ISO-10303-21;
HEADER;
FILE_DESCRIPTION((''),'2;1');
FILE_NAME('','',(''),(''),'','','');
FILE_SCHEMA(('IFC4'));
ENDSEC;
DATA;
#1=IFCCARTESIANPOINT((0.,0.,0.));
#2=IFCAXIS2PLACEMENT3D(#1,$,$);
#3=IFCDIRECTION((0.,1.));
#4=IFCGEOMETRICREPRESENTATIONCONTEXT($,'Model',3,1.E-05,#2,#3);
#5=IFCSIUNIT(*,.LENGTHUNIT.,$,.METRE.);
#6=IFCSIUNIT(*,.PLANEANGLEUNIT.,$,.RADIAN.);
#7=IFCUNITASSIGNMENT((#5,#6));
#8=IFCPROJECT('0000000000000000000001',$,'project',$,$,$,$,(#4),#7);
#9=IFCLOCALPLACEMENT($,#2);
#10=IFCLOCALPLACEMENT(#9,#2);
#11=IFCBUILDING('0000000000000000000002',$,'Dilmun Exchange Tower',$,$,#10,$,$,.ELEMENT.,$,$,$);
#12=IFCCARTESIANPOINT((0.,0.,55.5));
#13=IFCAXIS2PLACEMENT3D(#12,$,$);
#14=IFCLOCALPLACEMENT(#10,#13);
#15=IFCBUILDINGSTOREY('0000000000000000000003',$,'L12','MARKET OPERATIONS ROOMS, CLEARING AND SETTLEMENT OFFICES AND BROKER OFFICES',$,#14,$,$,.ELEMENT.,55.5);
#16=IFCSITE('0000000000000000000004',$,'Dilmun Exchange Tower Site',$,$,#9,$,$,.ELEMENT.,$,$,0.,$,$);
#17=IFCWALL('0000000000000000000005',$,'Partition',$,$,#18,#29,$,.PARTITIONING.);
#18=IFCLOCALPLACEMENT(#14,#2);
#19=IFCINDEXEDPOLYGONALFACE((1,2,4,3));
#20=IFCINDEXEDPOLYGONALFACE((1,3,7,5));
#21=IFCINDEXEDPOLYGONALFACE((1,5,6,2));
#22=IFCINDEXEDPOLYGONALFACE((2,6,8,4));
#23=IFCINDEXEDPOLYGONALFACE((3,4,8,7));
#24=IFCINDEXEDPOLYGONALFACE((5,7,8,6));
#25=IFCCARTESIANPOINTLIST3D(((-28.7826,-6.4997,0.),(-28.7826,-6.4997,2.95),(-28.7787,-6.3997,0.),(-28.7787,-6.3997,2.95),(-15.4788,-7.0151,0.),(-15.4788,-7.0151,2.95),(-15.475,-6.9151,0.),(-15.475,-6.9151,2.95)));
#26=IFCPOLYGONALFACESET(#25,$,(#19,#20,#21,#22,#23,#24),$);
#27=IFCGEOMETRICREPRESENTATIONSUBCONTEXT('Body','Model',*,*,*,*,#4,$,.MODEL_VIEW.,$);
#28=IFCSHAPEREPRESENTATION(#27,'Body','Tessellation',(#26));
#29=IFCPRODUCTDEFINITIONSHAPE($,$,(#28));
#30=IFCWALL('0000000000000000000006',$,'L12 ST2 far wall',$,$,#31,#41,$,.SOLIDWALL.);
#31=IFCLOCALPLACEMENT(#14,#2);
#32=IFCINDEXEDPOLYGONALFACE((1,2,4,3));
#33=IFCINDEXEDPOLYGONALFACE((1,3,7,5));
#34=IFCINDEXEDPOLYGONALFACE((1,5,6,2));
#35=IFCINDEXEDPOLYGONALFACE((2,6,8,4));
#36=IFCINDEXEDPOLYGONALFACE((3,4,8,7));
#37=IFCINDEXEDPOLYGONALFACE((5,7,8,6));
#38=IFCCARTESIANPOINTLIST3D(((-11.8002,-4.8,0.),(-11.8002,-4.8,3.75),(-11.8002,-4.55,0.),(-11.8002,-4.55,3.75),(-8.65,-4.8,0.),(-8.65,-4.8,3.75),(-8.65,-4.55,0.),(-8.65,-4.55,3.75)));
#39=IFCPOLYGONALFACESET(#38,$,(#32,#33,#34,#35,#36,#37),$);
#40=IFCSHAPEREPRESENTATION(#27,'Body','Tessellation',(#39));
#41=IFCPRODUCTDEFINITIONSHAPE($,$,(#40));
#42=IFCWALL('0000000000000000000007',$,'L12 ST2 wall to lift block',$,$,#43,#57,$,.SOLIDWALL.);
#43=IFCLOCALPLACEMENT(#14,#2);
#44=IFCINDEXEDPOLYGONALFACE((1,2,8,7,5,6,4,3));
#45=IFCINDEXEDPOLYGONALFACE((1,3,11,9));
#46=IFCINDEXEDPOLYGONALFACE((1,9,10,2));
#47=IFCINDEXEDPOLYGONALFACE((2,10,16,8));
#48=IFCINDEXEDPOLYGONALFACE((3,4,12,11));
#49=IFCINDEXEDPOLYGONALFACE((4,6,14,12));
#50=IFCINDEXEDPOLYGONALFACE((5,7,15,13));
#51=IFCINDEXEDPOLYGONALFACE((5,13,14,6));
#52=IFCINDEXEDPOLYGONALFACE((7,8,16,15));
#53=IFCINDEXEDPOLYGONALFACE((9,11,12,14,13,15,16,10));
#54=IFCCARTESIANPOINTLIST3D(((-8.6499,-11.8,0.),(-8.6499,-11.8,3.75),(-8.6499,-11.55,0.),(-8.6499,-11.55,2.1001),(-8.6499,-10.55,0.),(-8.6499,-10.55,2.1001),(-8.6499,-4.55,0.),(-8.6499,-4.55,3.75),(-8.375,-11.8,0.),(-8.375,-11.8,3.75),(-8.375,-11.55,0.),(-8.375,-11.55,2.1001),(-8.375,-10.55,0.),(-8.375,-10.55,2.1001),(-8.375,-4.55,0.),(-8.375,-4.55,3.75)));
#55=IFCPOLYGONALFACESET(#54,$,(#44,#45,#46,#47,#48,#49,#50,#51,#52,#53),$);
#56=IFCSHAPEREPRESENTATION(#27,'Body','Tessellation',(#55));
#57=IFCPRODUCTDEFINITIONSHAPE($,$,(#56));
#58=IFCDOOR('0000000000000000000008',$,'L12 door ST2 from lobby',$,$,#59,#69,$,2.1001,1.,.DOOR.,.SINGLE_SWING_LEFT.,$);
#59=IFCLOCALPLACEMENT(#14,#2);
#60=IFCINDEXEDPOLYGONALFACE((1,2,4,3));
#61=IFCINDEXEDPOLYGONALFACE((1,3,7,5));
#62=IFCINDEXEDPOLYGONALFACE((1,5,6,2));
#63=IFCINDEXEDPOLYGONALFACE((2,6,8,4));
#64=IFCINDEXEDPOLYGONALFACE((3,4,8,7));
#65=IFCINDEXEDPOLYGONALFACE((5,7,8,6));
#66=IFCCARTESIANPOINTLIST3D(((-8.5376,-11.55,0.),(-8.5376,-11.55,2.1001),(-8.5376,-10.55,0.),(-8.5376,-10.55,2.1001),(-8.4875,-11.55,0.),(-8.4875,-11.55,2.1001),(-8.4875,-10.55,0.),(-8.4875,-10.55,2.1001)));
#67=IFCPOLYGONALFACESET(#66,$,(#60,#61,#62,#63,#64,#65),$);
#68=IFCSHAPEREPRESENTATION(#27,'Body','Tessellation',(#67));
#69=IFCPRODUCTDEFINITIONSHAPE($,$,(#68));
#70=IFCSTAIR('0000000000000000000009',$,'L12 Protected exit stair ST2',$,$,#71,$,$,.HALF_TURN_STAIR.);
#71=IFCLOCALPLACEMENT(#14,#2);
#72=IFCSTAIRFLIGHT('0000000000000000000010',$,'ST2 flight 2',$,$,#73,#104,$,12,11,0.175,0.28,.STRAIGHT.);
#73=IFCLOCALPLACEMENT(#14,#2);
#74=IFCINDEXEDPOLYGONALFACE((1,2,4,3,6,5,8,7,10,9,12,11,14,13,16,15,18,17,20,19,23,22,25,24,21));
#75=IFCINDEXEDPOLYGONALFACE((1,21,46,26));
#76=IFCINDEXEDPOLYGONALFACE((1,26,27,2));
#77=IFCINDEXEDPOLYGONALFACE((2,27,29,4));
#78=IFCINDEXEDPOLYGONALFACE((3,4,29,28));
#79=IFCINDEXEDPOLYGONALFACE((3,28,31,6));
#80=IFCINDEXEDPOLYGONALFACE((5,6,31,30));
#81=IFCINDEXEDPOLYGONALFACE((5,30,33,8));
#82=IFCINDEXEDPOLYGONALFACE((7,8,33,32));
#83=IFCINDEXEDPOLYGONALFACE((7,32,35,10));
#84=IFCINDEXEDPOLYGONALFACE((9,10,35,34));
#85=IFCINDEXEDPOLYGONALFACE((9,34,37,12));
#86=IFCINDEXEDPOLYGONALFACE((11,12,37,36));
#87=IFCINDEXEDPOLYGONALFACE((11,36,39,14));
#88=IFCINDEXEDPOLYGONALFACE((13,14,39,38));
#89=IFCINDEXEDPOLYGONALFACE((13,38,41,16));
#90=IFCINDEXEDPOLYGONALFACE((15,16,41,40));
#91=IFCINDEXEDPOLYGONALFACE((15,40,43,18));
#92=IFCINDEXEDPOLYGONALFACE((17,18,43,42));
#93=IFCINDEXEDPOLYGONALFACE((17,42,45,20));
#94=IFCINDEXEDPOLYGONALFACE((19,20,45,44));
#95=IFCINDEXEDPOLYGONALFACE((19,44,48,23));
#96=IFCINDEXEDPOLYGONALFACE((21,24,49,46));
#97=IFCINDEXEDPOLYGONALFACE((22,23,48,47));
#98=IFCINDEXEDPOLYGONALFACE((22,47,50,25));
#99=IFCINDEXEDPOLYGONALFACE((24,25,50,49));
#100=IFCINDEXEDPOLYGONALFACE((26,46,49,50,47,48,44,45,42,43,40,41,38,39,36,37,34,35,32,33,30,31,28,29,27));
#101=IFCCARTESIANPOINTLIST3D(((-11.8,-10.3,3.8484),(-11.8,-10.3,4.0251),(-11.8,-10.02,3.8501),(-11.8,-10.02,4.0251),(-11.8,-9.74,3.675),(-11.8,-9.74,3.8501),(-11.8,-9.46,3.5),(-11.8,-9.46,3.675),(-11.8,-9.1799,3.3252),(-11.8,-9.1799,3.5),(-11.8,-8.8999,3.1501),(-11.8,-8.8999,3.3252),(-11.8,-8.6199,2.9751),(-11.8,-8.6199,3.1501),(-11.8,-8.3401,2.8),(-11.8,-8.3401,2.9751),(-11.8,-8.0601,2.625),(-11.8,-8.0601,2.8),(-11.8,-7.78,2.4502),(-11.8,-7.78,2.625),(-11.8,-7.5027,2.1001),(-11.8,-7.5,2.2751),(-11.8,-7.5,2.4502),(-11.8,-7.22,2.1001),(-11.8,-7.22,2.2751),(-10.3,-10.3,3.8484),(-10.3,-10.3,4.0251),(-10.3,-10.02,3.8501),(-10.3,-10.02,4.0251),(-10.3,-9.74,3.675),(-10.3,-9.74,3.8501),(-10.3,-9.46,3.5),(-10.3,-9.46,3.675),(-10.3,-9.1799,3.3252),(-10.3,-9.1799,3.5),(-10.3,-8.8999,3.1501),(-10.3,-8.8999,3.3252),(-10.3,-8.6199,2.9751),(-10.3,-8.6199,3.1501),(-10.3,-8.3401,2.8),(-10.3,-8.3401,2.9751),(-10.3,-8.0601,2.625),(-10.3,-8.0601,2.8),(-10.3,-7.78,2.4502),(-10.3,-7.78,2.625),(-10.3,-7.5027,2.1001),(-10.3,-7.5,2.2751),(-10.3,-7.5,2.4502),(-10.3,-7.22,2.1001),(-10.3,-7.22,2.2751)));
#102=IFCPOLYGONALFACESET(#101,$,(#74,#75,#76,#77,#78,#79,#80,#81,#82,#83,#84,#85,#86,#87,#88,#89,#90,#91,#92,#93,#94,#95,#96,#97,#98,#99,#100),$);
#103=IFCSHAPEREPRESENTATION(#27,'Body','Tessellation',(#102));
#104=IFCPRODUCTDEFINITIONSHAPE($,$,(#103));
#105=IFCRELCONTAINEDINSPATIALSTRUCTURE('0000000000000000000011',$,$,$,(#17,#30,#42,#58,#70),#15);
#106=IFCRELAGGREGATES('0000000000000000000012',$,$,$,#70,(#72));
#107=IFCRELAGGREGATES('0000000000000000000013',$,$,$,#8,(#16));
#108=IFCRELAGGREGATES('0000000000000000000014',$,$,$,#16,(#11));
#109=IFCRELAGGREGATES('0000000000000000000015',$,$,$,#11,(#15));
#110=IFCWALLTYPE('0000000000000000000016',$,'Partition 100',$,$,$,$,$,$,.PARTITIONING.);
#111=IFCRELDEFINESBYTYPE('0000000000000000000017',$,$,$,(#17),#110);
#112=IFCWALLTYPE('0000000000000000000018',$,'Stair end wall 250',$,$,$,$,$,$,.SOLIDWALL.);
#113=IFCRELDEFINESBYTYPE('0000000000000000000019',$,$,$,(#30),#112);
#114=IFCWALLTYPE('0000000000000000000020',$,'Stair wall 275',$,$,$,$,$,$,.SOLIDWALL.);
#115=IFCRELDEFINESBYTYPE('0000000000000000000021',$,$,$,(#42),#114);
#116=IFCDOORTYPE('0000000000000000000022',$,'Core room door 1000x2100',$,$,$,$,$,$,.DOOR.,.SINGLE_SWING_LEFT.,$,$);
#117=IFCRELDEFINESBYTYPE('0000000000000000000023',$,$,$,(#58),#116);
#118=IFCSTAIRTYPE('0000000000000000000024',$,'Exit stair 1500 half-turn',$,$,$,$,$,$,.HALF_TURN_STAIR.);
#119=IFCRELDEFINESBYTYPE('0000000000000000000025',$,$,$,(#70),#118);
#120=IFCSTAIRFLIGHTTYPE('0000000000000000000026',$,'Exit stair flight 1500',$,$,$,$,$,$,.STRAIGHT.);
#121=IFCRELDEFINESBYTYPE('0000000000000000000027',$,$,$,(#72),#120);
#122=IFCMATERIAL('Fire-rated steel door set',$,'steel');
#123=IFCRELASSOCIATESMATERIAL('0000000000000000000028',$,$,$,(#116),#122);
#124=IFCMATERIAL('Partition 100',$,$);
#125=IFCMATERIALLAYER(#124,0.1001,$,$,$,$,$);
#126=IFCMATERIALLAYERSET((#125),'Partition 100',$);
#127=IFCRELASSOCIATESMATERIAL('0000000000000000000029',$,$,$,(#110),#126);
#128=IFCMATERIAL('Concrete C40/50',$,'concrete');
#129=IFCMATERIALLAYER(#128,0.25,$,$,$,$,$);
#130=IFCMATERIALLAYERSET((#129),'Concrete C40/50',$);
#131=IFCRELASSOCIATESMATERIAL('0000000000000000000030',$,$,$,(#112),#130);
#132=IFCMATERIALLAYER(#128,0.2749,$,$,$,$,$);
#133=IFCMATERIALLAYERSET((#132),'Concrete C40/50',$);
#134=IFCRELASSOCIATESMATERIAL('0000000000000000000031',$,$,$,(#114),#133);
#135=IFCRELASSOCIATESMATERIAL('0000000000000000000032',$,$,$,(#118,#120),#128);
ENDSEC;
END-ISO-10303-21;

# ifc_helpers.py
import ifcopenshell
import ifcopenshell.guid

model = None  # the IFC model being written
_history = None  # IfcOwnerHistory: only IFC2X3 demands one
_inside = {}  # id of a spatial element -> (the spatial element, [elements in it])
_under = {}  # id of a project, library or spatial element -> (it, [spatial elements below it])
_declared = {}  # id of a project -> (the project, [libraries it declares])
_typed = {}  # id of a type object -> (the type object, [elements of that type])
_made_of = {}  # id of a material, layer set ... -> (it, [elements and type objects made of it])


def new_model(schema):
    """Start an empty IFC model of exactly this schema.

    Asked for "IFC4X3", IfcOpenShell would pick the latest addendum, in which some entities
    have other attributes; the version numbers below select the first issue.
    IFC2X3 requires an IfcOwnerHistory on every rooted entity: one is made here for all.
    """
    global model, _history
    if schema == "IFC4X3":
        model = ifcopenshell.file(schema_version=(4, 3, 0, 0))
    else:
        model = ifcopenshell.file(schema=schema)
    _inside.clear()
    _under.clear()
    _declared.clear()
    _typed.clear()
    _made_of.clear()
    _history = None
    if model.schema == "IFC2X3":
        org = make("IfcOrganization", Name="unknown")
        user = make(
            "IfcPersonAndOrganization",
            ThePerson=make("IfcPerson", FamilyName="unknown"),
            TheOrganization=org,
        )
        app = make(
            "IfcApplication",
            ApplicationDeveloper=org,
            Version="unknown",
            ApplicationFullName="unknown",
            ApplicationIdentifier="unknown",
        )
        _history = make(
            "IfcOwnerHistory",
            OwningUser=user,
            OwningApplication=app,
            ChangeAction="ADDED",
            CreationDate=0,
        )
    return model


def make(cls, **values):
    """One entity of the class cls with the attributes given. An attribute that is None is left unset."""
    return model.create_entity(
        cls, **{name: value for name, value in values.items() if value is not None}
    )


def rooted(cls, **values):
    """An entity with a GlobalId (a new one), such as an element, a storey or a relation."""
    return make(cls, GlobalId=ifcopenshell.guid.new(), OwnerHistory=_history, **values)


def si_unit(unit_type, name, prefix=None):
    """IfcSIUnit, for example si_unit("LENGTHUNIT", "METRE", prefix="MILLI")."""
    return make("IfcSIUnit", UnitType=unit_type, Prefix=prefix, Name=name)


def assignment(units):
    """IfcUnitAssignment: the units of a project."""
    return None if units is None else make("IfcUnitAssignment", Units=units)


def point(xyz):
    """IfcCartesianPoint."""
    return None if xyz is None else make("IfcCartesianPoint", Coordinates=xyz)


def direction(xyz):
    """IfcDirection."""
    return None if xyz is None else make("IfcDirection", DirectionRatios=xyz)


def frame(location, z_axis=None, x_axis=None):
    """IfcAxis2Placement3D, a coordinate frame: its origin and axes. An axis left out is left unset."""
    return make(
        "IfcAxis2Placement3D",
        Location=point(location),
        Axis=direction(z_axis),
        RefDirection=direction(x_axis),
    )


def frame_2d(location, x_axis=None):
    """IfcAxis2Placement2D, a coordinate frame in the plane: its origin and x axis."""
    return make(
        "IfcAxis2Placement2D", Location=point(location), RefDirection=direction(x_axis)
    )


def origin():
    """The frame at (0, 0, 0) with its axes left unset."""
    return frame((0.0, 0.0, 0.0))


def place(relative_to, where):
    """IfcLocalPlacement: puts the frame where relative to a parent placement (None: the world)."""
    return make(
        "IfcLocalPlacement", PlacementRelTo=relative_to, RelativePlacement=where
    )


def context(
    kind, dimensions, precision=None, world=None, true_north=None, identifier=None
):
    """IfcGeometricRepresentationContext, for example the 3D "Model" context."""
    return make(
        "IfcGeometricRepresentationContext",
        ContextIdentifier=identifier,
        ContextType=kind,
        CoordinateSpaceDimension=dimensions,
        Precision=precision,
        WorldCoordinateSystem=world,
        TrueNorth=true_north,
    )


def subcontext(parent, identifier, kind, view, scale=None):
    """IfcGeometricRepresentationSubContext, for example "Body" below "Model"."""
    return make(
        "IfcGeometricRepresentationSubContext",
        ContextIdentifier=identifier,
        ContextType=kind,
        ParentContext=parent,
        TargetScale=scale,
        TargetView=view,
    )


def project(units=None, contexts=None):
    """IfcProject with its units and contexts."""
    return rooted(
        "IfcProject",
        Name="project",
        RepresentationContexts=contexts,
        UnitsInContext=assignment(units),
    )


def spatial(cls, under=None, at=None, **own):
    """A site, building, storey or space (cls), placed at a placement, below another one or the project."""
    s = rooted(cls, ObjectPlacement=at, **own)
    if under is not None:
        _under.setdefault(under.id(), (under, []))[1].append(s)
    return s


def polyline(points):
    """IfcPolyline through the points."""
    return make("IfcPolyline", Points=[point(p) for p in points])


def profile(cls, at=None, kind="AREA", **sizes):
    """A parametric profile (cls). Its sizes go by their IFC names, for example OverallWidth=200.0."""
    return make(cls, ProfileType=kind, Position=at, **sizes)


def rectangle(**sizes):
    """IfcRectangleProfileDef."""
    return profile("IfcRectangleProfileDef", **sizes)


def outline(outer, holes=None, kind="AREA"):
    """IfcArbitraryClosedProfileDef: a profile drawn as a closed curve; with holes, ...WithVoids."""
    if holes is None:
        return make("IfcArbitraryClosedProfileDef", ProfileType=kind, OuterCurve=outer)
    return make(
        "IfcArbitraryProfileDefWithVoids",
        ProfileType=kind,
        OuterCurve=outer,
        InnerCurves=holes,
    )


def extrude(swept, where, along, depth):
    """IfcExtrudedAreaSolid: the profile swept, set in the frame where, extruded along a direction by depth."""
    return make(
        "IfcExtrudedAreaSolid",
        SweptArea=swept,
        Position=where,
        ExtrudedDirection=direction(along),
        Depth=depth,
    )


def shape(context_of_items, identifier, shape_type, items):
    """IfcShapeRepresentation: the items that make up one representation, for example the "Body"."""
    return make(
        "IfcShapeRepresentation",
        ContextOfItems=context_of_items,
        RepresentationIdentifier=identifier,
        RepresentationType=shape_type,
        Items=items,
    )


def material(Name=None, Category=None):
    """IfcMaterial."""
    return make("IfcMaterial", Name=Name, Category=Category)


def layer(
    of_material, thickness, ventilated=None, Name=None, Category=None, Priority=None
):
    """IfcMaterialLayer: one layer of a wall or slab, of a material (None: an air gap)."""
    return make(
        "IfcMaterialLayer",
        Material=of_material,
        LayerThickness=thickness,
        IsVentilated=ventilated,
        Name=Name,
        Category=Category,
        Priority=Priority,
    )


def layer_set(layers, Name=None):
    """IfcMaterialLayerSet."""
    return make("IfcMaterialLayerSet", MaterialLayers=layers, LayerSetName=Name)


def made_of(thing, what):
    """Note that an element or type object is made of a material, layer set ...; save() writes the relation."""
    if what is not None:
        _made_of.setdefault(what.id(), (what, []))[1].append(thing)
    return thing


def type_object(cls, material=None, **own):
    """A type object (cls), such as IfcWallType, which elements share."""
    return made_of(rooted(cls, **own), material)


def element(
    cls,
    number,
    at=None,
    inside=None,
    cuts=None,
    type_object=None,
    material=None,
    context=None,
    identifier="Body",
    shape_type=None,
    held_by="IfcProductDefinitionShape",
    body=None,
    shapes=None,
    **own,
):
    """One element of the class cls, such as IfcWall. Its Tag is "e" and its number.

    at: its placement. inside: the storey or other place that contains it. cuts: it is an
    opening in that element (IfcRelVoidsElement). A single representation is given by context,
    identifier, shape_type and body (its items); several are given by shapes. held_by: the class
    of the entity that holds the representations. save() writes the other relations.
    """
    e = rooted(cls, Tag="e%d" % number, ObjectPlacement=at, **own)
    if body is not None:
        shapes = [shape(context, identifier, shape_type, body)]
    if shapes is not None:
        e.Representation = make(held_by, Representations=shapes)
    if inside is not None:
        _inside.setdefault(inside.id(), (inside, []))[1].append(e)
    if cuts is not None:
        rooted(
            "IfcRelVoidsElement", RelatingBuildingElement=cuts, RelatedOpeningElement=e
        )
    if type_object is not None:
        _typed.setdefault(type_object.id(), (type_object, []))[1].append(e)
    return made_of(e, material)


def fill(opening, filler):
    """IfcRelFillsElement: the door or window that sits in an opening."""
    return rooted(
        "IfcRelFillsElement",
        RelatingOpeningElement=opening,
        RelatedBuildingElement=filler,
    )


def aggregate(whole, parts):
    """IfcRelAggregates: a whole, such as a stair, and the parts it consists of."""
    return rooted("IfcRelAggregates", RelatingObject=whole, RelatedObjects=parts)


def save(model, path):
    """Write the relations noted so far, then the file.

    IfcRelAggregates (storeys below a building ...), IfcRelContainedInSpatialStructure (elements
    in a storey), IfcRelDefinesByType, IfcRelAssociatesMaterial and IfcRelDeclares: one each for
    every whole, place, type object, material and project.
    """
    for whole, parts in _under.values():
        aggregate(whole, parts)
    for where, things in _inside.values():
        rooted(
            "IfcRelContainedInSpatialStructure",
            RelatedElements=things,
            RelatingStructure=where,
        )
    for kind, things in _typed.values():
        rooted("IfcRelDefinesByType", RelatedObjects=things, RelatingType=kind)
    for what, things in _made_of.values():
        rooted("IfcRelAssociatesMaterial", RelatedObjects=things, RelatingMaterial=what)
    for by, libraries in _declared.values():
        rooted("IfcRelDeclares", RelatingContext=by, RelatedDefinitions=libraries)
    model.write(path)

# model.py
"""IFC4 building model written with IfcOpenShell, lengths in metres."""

from ifc_helpers import new_model, si_unit, direction, frame, frame_2d, origin, place, context, subcontext, project, spatial, polyline, rectangle, outline, extrude, material, layer, layer_set, type_object, element, fill, aggregate, save


model = new_model("IFC4")

# Units and contexts
model_context = context("Model", 3, precision=1e-05, world=origin(), true_north=direction((0.0, 1.0)))
body_context = subcontext(model_context, "Body", "Model", "MODEL_VIEW")
ifc_project = project(units=[si_unit("LENGTHUNIT", "METRE"), si_unit("PLANEANGLEUNIT", "RADIAN")], contexts=[model_context])

# Site, building, storey
site_placement = place(None, origin())
site = spatial("IfcSite", under=ifc_project, at=site_placement, Name="Dilmun Exchange Tower Site", CompositionType="ELEMENT", RefElevation=0.0)
building_placement = place(site_placement, origin())
building = spatial("IfcBuilding", under=site, at=building_placement, Name="Dilmun Exchange Tower", CompositionType="ELEMENT")
storey_placement = place(building_placement, frame((0.0, 0.0, 55.5)))
storey = spatial("IfcBuildingStorey", under=building, at=storey_placement, Name="L12", Description="MARKET OPERATIONS ROOMS, CLEARING AND SETTLEMENT OFFICES AND BROKER OFFICES", CompositionType="ELEMENT", Elevation=55.5)

# Shared definitions
ifc_material_1 = material(Name="Concrete C40/50", Category="concrete")

# Shared definitions
ifc_material_2 = material(Name="Fire-rated steel door set", Category="steel")
door_type = type_object("IfcDoorType", Name="Core room door 1000x2100", OperationType="SINGLE_SWING_LEFT", PredefinedType="DOOR", material=ifc_material_2)

# Walls
ifc_material_3 = material(Name="Partition 100")
ifc_layer_1 = layer(ifc_material_3, 0.1001)
ifc_layer_set_1 = layer_set([ifc_layer_1], Name="Partition 100")
wall_type_1 = type_object("IfcWallType", Name="Partition 100", PredefinedType="PARTITIONING", material=ifc_layer_set_1)
wall_1_placement = place(storey_placement, frame((-28.7805, -6.4497, 0.0), z_axis=(0.0, 0.0, 1.0), x_axis=(0.99925, -0.038711, 0.0)))
element("IfcWall", 1, at=wall_1_placement, inside=storey, type_object=wall_type_1, Name="Partition", PredefinedType="PARTITIONING", context=body_context, shape_type="SweptSolid", body=[
    extrude(rectangle(XDim=13.3137, YDim=0.1001, at=frame_2d((6.6567, 0.0))), origin(), (0.0, 0.0, 1.0), 2.95),
])
ifc_layer_2 = layer(ifc_material_1, 0.25)
ifc_layer_set_2 = layer_set([ifc_layer_2], Name="Concrete C40/50")
wall_type_2 = type_object("IfcWallType", Name="Stair end wall 250", PredefinedType="SOLIDWALL", material=ifc_layer_set_2)
wall_2_placement = place(storey_placement, frame((-8.6499, -4.675, 0.0), z_axis=(0.0, 0.0, 1.0), x_axis=(-1.0, 0.0, 0.0)))
element("IfcWall", 2, at=wall_2_placement, inside=storey, type_object=wall_type_2, Name="L12 ST2 far wall", PredefinedType="SOLIDWALL", context=body_context, shape_type="SweptSolid", body=[
    extrude(rectangle(XDim=3.1501, YDim=0.25, at=frame_2d((1.5752, 0.0))), origin(), (0.0, 0.0, 1.0), 3.75),
])

# Wall, opening, door
ifc_layer_3 = layer(ifc_material_1, 0.2749)
ifc_layer_set_3 = layer_set([ifc_layer_3], Name="Concrete C40/50")
wall_type_3 = type_object("IfcWallType", Name="Stair wall 275", PredefinedType="SOLIDWALL", material=ifc_layer_set_3)
wall_3_placement = place(storey_placement, frame((-8.5125, -4.55, 0.0), z_axis=(0.0, 0.0, 1.0), x_axis=(0.0, -1.0, 0.0)))
wall_3 = element("IfcWall", 3, at=wall_3_placement, inside=storey, type_object=wall_type_3, Name="L12 ST2 wall to lift block", PredefinedType="SOLIDWALL", context=body_context, shape_type="SweptSolid", body=[
    extrude(rectangle(XDim=7.25, YDim=0.2749, at=frame_2d((3.625, 0.0))), origin(), (0.0, 0.0, 1.0), 3.75),
])
opening_1_placement = place(wall_3_placement, frame((6.0, 0.0, 0.0)))
opening_1 = element("IfcOpeningElement", 4, at=opening_1_placement, cuts=wall_3, PredefinedType="OPENING", context=body_context, shape_type="SweptSolid", body=[
    extrude(rectangle(XDim=1.0, YDim=2.1001, at=frame_2d((0.5, 1.05))), frame((0.0, 0.1475, 0.0), z_axis=(0.0, -1.0, 0.0), x_axis=(1.0, 0.0, 0.0)), (0.0, 0.0, 1.0), 0.2949),
])
door_1_placement = place(opening_1_placement, origin())
door_1 = element("IfcDoor", 5, at=door_1_placement, inside=storey, type_object=door_type, Name="L12 door ST2 from lobby", OperationType="SINGLE_SWING_LEFT", OverallHeight=2.1001, OverallWidth=1.0, PredefinedType="DOOR", context=body_context, shape_type="SweptSolid", body=[
    extrude(rectangle(XDim=1.0, YDim=2.1001, at=frame_2d((0.5, 1.05))), frame((0.0, 0.0249, 0.0), z_axis=(0.0, -1.0, 0.0), x_axis=(1.0, 0.0, 0.0)), (0.0, 0.0, 1.0), 0.05),
])
fill(opening_1, door_1)

# Stair, stair flight
stair_type = type_object("IfcStairType", Name="Exit stair 1500 half-turn", PredefinedType="HALF_TURN_STAIR", material=ifc_material_1)
stair_placement = place(storey_placement, origin())
stair = element("IfcStair", 6, at=stair_placement, inside=storey, type_object=stair_type, Name="L12 Protected exit stair ST2", PredefinedType="HALF_TURN_STAIR")
stair_flight_type = type_object("IfcStairFlightType", Name="Exit stair flight 1500", PredefinedType="STRAIGHT", material=ifc_material_1)
stair_flight_placement = place(storey_placement, frame((-11.05, -7.22, 2.1001), z_axis=(0.0, 0.0, 1.0), x_axis=(0.0, -1.0, 0.0)))
stair_flight = element("IfcStairFlight", 7, at=stair_flight_placement, type_object=stair_flight_type, Name="ST2 flight 2", NumberOfRisers=12, NumberOfTreads=11, PredefinedType="STRAIGHT", RiserHeight=0.175, TreadLength=0.28, context=body_context, shape_type="SweptSolid", body=[
    extrude(outline(polyline([(0.0, 0.0), (0.0, 0.175), (0.28, 0.175), (0.28, 0.3501), (0.5601, 0.3501), (0.5601, 0.5249), (0.8401, 0.5249), (0.8401, 0.7), (1.1201, 0.7), (1.1201, 0.875), (1.3999, 0.875), (1.3999, 1.05), (1.6799, 1.05), (1.6799, 1.2251), (1.96, 1.2251), (1.96, 1.3999), (2.24, 1.3999), (2.24, 1.575), (2.52, 1.575), (2.52, 1.75), (2.8, 1.75), (2.8, 1.925), (3.0801, 1.925), (3.0801, 2.1001), (3.0801, 1.7483), (0.2827, 0.0), (0.0, 0.0)])), frame((0.0, 0.75, 0.0), z_axis=(0.0, -1.0, 0.0), x_axis=(1.0, 0.0, 0.0)), (0.0, 0.0, 1.0), 1.5),
])
aggregate(stair, [stair_flight])

save(model, "model.ifc")
